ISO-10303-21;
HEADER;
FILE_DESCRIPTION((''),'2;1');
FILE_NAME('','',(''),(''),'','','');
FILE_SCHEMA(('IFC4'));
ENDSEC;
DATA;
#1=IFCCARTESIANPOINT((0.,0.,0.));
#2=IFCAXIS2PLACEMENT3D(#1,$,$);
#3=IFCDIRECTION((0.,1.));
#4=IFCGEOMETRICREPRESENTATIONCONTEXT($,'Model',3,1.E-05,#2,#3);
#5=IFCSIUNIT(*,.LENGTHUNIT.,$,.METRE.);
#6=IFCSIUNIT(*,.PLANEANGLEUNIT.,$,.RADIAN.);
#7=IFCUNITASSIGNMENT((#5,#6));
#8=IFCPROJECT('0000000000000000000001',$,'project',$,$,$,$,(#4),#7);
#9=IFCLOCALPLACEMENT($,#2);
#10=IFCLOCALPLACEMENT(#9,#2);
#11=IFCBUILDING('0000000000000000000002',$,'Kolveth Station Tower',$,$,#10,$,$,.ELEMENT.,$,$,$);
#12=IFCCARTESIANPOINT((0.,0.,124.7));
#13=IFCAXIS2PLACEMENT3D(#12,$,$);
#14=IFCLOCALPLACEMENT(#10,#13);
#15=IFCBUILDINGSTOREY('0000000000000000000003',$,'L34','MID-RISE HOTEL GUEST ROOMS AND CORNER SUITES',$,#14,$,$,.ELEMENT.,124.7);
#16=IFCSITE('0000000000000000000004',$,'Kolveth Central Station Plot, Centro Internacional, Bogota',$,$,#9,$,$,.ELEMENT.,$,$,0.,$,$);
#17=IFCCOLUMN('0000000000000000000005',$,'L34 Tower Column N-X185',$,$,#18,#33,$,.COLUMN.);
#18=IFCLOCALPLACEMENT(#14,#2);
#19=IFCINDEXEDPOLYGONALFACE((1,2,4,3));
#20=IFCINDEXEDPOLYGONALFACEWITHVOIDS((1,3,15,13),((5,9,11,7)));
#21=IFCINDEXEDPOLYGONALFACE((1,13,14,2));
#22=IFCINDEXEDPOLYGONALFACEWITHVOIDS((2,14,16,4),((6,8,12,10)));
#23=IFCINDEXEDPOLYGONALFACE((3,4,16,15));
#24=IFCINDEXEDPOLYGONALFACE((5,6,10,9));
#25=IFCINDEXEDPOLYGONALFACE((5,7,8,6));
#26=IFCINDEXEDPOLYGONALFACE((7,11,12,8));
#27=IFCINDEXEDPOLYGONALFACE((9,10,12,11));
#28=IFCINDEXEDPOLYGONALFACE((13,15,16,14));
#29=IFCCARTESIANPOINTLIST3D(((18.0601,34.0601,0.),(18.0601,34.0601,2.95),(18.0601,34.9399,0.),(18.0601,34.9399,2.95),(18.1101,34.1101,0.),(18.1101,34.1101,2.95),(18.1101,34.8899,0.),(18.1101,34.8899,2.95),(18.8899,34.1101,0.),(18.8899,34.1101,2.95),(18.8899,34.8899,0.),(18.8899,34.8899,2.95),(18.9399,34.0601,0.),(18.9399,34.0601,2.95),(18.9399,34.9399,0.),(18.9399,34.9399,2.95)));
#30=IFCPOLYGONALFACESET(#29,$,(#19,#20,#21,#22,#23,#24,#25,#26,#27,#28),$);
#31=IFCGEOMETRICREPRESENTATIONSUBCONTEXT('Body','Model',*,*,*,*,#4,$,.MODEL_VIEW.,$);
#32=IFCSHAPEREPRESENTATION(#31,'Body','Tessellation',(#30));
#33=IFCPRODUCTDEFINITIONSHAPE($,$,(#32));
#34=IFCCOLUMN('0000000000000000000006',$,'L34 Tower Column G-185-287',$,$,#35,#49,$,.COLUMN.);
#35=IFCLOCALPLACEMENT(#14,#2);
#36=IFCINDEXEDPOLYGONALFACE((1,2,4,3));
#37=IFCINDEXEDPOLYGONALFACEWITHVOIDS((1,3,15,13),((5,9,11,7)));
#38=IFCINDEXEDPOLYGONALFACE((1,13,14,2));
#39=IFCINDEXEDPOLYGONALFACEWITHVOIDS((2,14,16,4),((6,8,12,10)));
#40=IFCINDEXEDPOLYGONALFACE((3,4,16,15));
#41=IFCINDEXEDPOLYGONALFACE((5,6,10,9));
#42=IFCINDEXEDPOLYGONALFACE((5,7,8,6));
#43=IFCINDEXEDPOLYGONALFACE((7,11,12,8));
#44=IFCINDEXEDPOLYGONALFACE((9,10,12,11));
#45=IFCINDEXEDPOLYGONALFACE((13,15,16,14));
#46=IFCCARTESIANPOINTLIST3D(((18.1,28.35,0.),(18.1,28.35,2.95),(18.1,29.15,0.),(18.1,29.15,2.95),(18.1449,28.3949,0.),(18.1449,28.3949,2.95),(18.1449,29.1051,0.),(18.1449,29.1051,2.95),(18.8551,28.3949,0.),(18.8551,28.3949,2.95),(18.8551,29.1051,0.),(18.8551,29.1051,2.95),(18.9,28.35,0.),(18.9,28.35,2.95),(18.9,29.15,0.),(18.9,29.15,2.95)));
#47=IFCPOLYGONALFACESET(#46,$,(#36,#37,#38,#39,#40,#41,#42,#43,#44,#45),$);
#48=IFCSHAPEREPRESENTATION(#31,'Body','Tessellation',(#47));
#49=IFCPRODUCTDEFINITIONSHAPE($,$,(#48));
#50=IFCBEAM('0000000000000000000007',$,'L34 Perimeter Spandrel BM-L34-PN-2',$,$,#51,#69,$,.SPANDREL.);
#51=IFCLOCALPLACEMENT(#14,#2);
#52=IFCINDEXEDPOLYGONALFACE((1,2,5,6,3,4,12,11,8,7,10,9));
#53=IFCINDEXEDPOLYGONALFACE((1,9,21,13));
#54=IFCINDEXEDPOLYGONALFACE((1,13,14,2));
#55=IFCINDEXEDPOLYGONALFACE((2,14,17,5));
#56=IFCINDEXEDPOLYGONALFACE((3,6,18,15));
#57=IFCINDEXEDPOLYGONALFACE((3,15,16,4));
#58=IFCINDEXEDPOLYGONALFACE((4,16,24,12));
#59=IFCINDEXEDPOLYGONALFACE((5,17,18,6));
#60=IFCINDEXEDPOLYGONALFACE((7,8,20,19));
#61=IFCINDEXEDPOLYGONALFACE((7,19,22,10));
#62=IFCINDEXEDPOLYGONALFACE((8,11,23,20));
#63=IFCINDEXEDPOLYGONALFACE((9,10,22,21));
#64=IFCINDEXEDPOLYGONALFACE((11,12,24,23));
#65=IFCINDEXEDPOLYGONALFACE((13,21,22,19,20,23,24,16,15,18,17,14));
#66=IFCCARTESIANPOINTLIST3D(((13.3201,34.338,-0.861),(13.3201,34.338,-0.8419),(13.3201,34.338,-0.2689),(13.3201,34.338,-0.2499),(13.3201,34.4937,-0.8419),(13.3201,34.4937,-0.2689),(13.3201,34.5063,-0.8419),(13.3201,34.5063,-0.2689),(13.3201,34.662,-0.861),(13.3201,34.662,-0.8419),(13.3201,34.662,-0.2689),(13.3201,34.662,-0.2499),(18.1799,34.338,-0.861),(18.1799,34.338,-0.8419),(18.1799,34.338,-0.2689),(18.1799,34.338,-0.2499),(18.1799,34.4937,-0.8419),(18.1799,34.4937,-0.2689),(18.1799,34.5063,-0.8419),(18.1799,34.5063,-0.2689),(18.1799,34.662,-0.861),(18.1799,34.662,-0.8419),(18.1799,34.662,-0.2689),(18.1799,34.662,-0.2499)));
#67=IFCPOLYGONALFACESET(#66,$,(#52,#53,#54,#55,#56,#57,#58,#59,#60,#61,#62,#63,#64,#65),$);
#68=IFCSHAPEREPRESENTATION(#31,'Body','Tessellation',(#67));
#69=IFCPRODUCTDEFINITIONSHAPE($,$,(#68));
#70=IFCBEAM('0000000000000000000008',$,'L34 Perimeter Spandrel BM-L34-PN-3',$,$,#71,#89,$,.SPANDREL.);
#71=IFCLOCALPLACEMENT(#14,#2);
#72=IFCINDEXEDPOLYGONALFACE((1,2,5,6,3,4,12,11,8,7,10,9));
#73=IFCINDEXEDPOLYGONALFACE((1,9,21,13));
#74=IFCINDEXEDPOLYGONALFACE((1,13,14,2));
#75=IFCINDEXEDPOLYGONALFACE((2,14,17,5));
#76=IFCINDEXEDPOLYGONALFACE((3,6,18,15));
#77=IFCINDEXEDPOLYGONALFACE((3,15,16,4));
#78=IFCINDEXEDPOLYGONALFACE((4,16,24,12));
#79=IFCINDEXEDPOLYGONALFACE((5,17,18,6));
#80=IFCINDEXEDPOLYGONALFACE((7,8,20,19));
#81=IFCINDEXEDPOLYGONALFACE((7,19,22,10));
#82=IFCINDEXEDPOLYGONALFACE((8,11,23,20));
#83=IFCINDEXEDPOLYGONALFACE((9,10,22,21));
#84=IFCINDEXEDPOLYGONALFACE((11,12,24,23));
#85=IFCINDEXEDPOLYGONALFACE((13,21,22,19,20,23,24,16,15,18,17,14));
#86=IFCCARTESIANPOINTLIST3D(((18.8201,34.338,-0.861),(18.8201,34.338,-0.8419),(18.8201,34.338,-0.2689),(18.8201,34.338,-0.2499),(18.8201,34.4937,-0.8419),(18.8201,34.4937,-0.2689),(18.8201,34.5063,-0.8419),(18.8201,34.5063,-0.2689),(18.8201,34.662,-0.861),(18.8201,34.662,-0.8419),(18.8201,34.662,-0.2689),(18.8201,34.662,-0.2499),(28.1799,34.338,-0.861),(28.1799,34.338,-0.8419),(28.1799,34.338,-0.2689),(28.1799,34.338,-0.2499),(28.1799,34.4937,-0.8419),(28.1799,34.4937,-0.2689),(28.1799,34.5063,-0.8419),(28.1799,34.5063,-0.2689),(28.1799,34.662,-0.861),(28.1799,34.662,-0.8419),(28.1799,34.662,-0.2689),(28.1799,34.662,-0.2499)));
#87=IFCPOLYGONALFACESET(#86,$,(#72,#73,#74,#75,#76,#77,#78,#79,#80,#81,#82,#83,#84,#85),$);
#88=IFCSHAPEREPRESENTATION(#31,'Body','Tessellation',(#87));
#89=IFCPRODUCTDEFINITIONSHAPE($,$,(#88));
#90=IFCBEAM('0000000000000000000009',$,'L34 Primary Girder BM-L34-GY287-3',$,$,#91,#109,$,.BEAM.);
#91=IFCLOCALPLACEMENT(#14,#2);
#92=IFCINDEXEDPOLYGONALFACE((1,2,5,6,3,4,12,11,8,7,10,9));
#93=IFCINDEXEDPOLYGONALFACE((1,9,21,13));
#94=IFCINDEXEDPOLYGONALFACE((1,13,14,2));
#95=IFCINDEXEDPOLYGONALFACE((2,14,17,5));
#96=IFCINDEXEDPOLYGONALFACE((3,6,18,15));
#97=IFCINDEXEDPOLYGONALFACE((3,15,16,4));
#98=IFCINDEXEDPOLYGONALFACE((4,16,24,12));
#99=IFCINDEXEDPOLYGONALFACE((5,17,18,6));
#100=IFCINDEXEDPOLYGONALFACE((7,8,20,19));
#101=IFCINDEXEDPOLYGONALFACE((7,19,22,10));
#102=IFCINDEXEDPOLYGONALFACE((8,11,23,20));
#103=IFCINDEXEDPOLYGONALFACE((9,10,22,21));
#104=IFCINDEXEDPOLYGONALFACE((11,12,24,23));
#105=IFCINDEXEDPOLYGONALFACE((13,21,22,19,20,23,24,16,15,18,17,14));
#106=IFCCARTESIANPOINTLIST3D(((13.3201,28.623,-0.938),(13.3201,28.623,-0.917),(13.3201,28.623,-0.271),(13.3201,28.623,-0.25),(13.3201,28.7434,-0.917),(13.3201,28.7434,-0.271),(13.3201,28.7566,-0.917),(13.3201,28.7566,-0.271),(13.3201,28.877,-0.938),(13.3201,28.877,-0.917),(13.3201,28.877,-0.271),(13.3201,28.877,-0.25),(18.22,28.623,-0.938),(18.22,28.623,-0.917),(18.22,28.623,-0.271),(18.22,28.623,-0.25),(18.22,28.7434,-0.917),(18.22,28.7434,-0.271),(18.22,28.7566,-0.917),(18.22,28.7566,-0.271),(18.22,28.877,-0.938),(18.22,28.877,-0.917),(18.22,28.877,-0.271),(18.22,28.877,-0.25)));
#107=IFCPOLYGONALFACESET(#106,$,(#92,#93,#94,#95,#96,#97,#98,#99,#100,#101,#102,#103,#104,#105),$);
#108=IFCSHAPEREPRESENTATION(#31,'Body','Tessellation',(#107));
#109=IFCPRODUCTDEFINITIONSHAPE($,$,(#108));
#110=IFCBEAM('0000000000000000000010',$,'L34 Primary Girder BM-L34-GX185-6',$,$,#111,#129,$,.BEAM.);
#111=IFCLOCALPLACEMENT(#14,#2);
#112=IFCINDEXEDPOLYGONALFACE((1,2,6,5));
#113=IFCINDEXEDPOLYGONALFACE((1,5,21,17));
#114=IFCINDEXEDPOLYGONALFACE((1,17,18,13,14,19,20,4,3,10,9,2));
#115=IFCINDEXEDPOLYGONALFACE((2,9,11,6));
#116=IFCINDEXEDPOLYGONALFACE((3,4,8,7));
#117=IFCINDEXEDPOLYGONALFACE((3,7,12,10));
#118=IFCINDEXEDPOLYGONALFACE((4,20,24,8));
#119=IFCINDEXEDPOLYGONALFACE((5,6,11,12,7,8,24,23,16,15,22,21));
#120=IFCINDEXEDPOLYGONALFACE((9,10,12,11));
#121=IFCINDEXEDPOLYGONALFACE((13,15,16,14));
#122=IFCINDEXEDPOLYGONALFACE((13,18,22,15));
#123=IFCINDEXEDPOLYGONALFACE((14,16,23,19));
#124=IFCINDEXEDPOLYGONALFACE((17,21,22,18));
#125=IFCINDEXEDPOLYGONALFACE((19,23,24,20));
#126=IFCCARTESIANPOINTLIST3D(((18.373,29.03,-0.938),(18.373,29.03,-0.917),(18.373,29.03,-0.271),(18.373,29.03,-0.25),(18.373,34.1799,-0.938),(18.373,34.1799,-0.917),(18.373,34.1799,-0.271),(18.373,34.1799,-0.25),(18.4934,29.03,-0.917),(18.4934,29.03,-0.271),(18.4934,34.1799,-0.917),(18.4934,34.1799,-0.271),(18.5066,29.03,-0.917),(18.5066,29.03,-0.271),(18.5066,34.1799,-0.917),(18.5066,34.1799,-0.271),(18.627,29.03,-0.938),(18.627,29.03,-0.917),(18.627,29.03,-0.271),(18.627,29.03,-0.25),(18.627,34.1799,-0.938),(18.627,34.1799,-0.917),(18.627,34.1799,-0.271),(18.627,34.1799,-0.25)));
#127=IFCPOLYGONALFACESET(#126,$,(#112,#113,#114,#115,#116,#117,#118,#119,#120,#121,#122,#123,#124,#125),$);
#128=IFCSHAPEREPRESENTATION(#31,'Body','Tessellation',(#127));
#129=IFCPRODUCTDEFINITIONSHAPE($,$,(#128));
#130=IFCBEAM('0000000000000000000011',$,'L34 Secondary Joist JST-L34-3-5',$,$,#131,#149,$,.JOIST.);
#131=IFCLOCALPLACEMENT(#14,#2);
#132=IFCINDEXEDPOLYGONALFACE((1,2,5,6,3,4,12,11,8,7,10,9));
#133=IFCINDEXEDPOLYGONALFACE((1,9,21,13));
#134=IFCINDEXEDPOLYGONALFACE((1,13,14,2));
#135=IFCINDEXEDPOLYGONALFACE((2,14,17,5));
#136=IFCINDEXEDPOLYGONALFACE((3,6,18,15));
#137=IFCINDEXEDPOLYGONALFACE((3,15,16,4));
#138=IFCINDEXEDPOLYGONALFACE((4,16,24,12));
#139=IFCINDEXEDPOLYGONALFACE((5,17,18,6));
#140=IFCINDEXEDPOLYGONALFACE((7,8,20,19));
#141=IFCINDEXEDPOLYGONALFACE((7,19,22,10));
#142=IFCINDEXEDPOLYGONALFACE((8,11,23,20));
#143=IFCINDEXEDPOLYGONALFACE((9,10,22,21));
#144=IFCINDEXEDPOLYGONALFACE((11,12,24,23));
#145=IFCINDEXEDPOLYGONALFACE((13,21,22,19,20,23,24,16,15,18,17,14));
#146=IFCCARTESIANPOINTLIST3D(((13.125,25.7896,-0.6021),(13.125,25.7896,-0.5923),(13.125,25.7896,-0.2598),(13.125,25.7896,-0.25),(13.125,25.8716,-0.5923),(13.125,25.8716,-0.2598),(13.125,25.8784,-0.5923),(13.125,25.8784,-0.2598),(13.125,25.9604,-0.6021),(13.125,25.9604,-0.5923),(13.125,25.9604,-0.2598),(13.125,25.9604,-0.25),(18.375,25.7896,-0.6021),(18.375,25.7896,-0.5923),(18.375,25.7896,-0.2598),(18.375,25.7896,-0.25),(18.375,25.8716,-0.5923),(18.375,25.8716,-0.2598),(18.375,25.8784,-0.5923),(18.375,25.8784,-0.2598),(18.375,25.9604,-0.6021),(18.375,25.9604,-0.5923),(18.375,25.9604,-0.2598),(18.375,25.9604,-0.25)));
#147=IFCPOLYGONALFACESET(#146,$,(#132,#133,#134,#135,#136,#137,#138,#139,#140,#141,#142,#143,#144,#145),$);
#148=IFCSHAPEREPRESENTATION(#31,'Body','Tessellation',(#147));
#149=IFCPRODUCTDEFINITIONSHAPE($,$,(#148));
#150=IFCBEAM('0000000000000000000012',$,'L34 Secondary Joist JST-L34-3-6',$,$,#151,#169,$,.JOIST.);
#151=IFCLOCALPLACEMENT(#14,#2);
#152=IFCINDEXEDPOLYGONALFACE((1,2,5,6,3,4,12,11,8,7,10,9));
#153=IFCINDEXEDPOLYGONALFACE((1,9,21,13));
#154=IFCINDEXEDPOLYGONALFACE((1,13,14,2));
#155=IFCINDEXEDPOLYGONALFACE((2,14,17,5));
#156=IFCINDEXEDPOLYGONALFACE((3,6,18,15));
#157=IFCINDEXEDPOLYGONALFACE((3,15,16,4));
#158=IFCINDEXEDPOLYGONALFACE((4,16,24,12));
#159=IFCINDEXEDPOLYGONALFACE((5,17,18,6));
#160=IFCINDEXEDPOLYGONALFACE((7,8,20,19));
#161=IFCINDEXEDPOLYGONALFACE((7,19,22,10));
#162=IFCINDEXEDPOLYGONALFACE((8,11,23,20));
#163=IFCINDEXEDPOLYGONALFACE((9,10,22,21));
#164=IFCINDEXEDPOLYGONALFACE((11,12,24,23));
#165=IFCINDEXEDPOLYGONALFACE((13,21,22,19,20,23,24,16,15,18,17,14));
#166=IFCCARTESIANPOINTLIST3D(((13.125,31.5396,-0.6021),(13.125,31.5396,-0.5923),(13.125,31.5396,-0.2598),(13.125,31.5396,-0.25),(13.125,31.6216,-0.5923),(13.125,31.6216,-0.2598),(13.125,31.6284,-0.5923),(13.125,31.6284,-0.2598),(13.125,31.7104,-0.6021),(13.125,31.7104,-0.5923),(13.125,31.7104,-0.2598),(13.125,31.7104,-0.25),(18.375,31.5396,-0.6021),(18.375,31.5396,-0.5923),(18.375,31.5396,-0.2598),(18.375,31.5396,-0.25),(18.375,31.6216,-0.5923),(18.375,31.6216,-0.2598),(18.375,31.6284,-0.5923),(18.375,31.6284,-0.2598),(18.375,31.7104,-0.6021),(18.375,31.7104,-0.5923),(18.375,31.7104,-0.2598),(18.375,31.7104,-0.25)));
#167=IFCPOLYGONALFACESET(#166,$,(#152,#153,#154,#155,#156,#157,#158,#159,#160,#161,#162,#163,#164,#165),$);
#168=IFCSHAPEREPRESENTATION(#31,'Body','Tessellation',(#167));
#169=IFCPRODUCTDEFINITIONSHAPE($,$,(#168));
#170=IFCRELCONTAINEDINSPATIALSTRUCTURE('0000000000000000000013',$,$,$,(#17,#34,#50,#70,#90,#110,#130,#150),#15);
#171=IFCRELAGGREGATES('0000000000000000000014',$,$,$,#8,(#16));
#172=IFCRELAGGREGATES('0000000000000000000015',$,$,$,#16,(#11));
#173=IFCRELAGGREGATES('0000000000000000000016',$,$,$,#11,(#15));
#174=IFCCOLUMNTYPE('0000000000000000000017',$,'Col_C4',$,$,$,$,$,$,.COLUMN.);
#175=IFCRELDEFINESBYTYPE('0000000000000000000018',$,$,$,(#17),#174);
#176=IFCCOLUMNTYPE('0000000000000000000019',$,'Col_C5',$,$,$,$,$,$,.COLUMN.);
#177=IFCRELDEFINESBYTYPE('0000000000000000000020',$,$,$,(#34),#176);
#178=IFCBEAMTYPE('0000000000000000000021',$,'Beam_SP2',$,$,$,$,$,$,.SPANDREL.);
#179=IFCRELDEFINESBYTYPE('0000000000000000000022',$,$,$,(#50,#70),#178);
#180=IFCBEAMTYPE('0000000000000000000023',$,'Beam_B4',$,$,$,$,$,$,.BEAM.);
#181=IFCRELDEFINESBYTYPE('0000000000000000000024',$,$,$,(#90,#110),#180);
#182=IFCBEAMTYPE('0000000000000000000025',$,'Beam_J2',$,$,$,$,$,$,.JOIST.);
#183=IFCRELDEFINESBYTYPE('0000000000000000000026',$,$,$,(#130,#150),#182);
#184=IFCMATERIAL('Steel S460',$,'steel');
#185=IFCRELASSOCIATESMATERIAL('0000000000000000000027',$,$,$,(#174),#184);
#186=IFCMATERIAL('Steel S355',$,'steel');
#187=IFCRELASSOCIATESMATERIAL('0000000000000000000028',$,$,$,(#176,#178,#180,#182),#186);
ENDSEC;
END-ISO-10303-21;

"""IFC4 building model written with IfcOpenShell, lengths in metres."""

from ifc_helpers import new_model, si_unit, direction, frame, origin, origin_2d, place, context, subcontext, project, spatial, hollow_rectangle, i_section, extrude, source, transform, mapped, material, material_profile, profile_set, type_object, element, save


model = new_model("IFC4")

# Units and contexts
model_context = context("Model", 3, precision=1e-05, world=origin(), true_north=direction((0.0, 1.0)))
body_context = subcontext(model_context, "Body", "Model", "MODEL_VIEW")
ifc_project = project(units=[si_unit("LENGTHUNIT", "METRE"), si_unit("PLANEANGLEUNIT", "RADIAN")], contexts=[model_context])

# Site, building, storey
site_placement = place(None, origin())
site = spatial("IfcSite", under=ifc_project, at=site_placement, Name="Kolveth Central Station Plot, Centro Internacional, Bogota", CompositionType="ELEMENT", RefElevation=0.0)
building_placement = place(site_placement, origin())
building = spatial("IfcBuilding", under=site, at=building_placement, Name="Kolveth Station Tower", CompositionType="ELEMENT")
storey_placement = place(building_placement, frame((0.0, 0.0, 124.7)))
storey = spatial("IfcBuildingStorey", under=building, at=storey_placement, Name="L34", Description="MID-RISE HOTEL GUEST ROOMS AND CORNER SUITES", CompositionType="ELEMENT", Elevation=124.7)

# Columns
ifc_material_1 = material(Name="Steel S460", Category="steel")
ifc_material_profile_1 = material_profile(ifc_material_1, hollow_rectangle(XDim=0.8799, YDim=0.8799, WallThickness=0.05, at=origin_2d()), Name="BOX880x880x50")
ifc_profile_set_1 = profile_set([ifc_material_profile_1], Name="Steel S460")
column_type_1 = type_object("IfcColumnType", Name="Col_C4", PredefinedType="COLUMN", material=ifc_profile_set_1)
shared_shape_1 = source(origin(), body_context, "Body", "SweptSolid", [
    extrude(hollow_rectangle(XDim=0.8799, YDim=0.8799, WallThickness=0.05, at=origin_2d()), origin(), (0.0, 0.0, 1.0), 2.95),
])
column_1_placement = place(storey_placement, frame((18.5, 34.5, 0.0), z_axis=(0.0, 0.0, 1.0), x_axis=(1.0, 0.0, 0.0)))
element("IfcColumn", 1, at=column_1_placement, inside=storey, type_object=column_type_1, Name="L34 Tower Column N-X185", PredefinedType="COLUMN", context=body_context, shape_type="MappedRepresentation", body=[
    mapped(shared_shape_1, transform((0.0, 0.0, 0.0), x_axis=(1.0, 0.0, 0.0), y_axis=(0.0, 1.0, 0.0), z_axis=(0.0, 0.0, 1.0), scale=1.0)),
])
ifc_material_2 = material(Name="Steel S355", Category="steel")
ifc_material_profile_2 = material_profile(ifc_material_2, hollow_rectangle(XDim=0.8, YDim=0.8, WallThickness=0.0449, at=origin_2d()), Name="BOX800x800x45")
ifc_profile_set_2 = profile_set([ifc_material_profile_2], Name="Steel S355")
column_type_2 = type_object("IfcColumnType", Name="Col_C5", PredefinedType="COLUMN", material=ifc_profile_set_2)
shared_shape_2 = source(origin(), body_context, "Body", "SweptSolid", [
    extrude(hollow_rectangle(XDim=0.8, YDim=0.8, WallThickness=0.0449, at=origin_2d()), origin(), (0.0, 0.0, 1.0), 2.95),
])
column_2_placement = place(storey_placement, frame((18.5, 28.75, 0.0), z_axis=(0.0, 0.0, 1.0), x_axis=(1.0, 0.0, 0.0)))
element("IfcColumn", 2, at=column_2_placement, inside=storey, type_object=column_type_2, Name="L34 Tower Column G-185-287", PredefinedType="COLUMN", context=body_context, shape_type="MappedRepresentation", body=[
    mapped(shared_shape_2, transform((0.0, 0.0, 0.0), x_axis=(1.0, 0.0, 0.0), y_axis=(0.0, 1.0, 0.0), z_axis=(0.0, 0.0, 1.0), scale=1.0)),
])

# Beams
ifc_material_profile_3 = material_profile(ifc_material_2, i_section(OverallWidth=0.324, OverallDepth=0.6111, WebThickness=0.0127, FlangeThickness=0.019, at=origin_2d()), Name="W610x155")
ifc_profile_set_3 = profile_set([ifc_material_profile_3], Name="Steel S355")
beam_type_1 = type_object("IfcBeamType", Name="Beam_SP2", PredefinedType="SPANDREL", material=ifc_profile_set_3)
shared_shape_3 = source(origin(), body_context, "Body", "SweptSolid", [
    extrude(i_section(OverallWidth=0.324, OverallDepth=0.6111, WebThickness=0.0127, FlangeThickness=0.019, at=origin_2d()), origin(), (0.0, 0.0, 1.0), 4.8599),
])
beam_1_placement = place(storey_placement, frame((13.3201, 34.5, -0.5554), z_axis=(1.0, 0.0, 0.0), x_axis=(0.0, 1.0, 0.0)))
element("IfcBeam", 3, at=beam_1_placement, inside=storey, type_object=beam_type_1, Name="L34 Perimeter Spandrel BM-L34-PN-2", PredefinedType="SPANDREL", context=body_context, shape_type="MappedRepresentation", body=[
    mapped(shared_shape_3, transform((0.0, 0.0, 0.0), x_axis=(1.0, 0.0, 0.0), y_axis=(0.0, 1.0, 0.0), z_axis=(0.0, 0.0, 1.0), scale=1.0)),
])
shared_shape_4 = source(origin(), body_context, "Body", "SweptSolid", [
    extrude(i_section(OverallWidth=0.324, OverallDepth=0.6111, WebThickness=0.0127, FlangeThickness=0.019, at=origin_2d()), origin(), (0.0, 0.0, 1.0), 9.3599),
])
beam_2_placement = place(storey_placement, frame((18.8201, 34.5, -0.5554), z_axis=(1.0, 0.0, 0.0), x_axis=(0.0, 1.0, 0.0)))
element("IfcBeam", 4, at=beam_2_placement, inside=storey, type_object=beam_type_1, Name="L34 Perimeter Spandrel BM-L34-PN-3", PredefinedType="SPANDREL", context=body_context, shape_type="MappedRepresentation", body=[
    mapped(shared_shape_4, transform((0.0, 0.0, 0.0), x_axis=(1.0, 0.0, 0.0), y_axis=(0.0, 1.0, 0.0), z_axis=(0.0, 0.0, 1.0), scale=1.0)),
])
ifc_material_profile_4 = material_profile(ifc_material_2, i_section(OverallWidth=0.2539, OverallDepth=0.688, WebThickness=0.0132, FlangeThickness=0.021, at=origin_2d()), Name="W690x152")
ifc_profile_set_4 = profile_set([ifc_material_profile_4], Name="Steel S355")
beam_type_2 = type_object("IfcBeamType", Name="Beam_B4", PredefinedType="BEAM", material=ifc_profile_set_4)
shared_shape_5 = source(origin(), body_context, "Body", "SweptSolid", [
    extrude(i_section(OverallWidth=0.2539, OverallDepth=0.688, WebThickness=0.0132, FlangeThickness=0.021, at=origin_2d()), origin(), (0.0, 0.0, 1.0), 4.8999),
])
beam_3_placement = place(storey_placement, frame((13.3201, 28.75, -0.594), z_axis=(1.0, 0.0, 0.0), x_axis=(0.0, 1.0, 0.0)))
element("IfcBeam", 5, at=beam_3_placement, inside=storey, type_object=beam_type_2, Name="L34 Primary Girder BM-L34-GY287-3", PredefinedType="BEAM", context=body_context, shape_type="MappedRepresentation", body=[
    mapped(shared_shape_5, transform((0.0, 0.0, 0.0), x_axis=(1.0, 0.0, 0.0), y_axis=(0.0, 1.0, 0.0), z_axis=(0.0, 0.0, 1.0), scale=1.0)),
])
shared_shape_6 = source(origin(), body_context, "Body", "SweptSolid", [
    extrude(i_section(OverallWidth=0.2539, OverallDepth=0.688, WebThickness=0.0132, FlangeThickness=0.021, at=origin_2d()), origin(), (0.0, 0.0, 1.0), 5.1499),
])
beam_4_placement = place(storey_placement, frame((18.5, 29.03, -0.594), z_axis=(0.0, 1.0, 0.0), x_axis=(-1.0, 0.0, 0.0)))
element("IfcBeam", 6, at=beam_4_placement, inside=storey, type_object=beam_type_2, Name="L34 Primary Girder BM-L34-GX185-6", PredefinedType="BEAM", context=body_context, shape_type="MappedRepresentation", body=[
    mapped(shared_shape_6, transform((0.0, 0.0, 0.0), x_axis=(1.0, 0.0, 0.0), y_axis=(0.0, 1.0, 0.0), z_axis=(0.0, 0.0, 1.0), scale=1.0)),
])
ifc_material_profile_5 = material_profile(ifc_material_2, i_section(OverallWidth=0.1709, OverallDepth=0.3521, WebThickness=0.0068, FlangeThickness=0.0098, at=origin_2d()), Name="W360x44")
ifc_profile_set_5 = profile_set([ifc_material_profile_5], Name="Steel S355")
beam_type_3 = type_object("IfcBeamType", Name="Beam_J2", PredefinedType="JOIST", material=ifc_profile_set_5)
shared_shape_7 = source(origin(), body_context, "Body", "SweptSolid", [
    extrude(i_section(OverallWidth=0.1709, OverallDepth=0.3521, WebThickness=0.0068, FlangeThickness=0.0098, at=origin_2d()), origin(), (0.0, 0.0, 1.0), 5.25),
])
for number, where, z_axis, x_axis, name in (
    (7, (13.125, 25.875, -0.426), (1.0, 0.0, 0.0), (0.0, 1.0, 0.0), "L34 Secondary Joist JST-L34-3-5"),
    (8, (13.125, 31.625, -0.426), (1.0, 0.0, 0.0), (0.0, 1.0, 0.0), "L34 Secondary Joist JST-L34-3-6"),
):
    element("IfcBeam", number, at=place(storey_placement, frame(where, z_axis=z_axis, x_axis=x_axis)), inside=storey, type_object=beam_type_3, Name=name, PredefinedType="JOIST", context=body_context, shape_type="MappedRepresentation", body=[
        mapped(shared_shape_7, transform((0.0, 0.0, 0.0), x_axis=(1.0, 0.0, 0.0), y_axis=(0.0, 1.0, 0.0), z_axis=(0.0, 0.0, 1.0), scale=1.0)),
    ])

save(model, "model.ifc")
